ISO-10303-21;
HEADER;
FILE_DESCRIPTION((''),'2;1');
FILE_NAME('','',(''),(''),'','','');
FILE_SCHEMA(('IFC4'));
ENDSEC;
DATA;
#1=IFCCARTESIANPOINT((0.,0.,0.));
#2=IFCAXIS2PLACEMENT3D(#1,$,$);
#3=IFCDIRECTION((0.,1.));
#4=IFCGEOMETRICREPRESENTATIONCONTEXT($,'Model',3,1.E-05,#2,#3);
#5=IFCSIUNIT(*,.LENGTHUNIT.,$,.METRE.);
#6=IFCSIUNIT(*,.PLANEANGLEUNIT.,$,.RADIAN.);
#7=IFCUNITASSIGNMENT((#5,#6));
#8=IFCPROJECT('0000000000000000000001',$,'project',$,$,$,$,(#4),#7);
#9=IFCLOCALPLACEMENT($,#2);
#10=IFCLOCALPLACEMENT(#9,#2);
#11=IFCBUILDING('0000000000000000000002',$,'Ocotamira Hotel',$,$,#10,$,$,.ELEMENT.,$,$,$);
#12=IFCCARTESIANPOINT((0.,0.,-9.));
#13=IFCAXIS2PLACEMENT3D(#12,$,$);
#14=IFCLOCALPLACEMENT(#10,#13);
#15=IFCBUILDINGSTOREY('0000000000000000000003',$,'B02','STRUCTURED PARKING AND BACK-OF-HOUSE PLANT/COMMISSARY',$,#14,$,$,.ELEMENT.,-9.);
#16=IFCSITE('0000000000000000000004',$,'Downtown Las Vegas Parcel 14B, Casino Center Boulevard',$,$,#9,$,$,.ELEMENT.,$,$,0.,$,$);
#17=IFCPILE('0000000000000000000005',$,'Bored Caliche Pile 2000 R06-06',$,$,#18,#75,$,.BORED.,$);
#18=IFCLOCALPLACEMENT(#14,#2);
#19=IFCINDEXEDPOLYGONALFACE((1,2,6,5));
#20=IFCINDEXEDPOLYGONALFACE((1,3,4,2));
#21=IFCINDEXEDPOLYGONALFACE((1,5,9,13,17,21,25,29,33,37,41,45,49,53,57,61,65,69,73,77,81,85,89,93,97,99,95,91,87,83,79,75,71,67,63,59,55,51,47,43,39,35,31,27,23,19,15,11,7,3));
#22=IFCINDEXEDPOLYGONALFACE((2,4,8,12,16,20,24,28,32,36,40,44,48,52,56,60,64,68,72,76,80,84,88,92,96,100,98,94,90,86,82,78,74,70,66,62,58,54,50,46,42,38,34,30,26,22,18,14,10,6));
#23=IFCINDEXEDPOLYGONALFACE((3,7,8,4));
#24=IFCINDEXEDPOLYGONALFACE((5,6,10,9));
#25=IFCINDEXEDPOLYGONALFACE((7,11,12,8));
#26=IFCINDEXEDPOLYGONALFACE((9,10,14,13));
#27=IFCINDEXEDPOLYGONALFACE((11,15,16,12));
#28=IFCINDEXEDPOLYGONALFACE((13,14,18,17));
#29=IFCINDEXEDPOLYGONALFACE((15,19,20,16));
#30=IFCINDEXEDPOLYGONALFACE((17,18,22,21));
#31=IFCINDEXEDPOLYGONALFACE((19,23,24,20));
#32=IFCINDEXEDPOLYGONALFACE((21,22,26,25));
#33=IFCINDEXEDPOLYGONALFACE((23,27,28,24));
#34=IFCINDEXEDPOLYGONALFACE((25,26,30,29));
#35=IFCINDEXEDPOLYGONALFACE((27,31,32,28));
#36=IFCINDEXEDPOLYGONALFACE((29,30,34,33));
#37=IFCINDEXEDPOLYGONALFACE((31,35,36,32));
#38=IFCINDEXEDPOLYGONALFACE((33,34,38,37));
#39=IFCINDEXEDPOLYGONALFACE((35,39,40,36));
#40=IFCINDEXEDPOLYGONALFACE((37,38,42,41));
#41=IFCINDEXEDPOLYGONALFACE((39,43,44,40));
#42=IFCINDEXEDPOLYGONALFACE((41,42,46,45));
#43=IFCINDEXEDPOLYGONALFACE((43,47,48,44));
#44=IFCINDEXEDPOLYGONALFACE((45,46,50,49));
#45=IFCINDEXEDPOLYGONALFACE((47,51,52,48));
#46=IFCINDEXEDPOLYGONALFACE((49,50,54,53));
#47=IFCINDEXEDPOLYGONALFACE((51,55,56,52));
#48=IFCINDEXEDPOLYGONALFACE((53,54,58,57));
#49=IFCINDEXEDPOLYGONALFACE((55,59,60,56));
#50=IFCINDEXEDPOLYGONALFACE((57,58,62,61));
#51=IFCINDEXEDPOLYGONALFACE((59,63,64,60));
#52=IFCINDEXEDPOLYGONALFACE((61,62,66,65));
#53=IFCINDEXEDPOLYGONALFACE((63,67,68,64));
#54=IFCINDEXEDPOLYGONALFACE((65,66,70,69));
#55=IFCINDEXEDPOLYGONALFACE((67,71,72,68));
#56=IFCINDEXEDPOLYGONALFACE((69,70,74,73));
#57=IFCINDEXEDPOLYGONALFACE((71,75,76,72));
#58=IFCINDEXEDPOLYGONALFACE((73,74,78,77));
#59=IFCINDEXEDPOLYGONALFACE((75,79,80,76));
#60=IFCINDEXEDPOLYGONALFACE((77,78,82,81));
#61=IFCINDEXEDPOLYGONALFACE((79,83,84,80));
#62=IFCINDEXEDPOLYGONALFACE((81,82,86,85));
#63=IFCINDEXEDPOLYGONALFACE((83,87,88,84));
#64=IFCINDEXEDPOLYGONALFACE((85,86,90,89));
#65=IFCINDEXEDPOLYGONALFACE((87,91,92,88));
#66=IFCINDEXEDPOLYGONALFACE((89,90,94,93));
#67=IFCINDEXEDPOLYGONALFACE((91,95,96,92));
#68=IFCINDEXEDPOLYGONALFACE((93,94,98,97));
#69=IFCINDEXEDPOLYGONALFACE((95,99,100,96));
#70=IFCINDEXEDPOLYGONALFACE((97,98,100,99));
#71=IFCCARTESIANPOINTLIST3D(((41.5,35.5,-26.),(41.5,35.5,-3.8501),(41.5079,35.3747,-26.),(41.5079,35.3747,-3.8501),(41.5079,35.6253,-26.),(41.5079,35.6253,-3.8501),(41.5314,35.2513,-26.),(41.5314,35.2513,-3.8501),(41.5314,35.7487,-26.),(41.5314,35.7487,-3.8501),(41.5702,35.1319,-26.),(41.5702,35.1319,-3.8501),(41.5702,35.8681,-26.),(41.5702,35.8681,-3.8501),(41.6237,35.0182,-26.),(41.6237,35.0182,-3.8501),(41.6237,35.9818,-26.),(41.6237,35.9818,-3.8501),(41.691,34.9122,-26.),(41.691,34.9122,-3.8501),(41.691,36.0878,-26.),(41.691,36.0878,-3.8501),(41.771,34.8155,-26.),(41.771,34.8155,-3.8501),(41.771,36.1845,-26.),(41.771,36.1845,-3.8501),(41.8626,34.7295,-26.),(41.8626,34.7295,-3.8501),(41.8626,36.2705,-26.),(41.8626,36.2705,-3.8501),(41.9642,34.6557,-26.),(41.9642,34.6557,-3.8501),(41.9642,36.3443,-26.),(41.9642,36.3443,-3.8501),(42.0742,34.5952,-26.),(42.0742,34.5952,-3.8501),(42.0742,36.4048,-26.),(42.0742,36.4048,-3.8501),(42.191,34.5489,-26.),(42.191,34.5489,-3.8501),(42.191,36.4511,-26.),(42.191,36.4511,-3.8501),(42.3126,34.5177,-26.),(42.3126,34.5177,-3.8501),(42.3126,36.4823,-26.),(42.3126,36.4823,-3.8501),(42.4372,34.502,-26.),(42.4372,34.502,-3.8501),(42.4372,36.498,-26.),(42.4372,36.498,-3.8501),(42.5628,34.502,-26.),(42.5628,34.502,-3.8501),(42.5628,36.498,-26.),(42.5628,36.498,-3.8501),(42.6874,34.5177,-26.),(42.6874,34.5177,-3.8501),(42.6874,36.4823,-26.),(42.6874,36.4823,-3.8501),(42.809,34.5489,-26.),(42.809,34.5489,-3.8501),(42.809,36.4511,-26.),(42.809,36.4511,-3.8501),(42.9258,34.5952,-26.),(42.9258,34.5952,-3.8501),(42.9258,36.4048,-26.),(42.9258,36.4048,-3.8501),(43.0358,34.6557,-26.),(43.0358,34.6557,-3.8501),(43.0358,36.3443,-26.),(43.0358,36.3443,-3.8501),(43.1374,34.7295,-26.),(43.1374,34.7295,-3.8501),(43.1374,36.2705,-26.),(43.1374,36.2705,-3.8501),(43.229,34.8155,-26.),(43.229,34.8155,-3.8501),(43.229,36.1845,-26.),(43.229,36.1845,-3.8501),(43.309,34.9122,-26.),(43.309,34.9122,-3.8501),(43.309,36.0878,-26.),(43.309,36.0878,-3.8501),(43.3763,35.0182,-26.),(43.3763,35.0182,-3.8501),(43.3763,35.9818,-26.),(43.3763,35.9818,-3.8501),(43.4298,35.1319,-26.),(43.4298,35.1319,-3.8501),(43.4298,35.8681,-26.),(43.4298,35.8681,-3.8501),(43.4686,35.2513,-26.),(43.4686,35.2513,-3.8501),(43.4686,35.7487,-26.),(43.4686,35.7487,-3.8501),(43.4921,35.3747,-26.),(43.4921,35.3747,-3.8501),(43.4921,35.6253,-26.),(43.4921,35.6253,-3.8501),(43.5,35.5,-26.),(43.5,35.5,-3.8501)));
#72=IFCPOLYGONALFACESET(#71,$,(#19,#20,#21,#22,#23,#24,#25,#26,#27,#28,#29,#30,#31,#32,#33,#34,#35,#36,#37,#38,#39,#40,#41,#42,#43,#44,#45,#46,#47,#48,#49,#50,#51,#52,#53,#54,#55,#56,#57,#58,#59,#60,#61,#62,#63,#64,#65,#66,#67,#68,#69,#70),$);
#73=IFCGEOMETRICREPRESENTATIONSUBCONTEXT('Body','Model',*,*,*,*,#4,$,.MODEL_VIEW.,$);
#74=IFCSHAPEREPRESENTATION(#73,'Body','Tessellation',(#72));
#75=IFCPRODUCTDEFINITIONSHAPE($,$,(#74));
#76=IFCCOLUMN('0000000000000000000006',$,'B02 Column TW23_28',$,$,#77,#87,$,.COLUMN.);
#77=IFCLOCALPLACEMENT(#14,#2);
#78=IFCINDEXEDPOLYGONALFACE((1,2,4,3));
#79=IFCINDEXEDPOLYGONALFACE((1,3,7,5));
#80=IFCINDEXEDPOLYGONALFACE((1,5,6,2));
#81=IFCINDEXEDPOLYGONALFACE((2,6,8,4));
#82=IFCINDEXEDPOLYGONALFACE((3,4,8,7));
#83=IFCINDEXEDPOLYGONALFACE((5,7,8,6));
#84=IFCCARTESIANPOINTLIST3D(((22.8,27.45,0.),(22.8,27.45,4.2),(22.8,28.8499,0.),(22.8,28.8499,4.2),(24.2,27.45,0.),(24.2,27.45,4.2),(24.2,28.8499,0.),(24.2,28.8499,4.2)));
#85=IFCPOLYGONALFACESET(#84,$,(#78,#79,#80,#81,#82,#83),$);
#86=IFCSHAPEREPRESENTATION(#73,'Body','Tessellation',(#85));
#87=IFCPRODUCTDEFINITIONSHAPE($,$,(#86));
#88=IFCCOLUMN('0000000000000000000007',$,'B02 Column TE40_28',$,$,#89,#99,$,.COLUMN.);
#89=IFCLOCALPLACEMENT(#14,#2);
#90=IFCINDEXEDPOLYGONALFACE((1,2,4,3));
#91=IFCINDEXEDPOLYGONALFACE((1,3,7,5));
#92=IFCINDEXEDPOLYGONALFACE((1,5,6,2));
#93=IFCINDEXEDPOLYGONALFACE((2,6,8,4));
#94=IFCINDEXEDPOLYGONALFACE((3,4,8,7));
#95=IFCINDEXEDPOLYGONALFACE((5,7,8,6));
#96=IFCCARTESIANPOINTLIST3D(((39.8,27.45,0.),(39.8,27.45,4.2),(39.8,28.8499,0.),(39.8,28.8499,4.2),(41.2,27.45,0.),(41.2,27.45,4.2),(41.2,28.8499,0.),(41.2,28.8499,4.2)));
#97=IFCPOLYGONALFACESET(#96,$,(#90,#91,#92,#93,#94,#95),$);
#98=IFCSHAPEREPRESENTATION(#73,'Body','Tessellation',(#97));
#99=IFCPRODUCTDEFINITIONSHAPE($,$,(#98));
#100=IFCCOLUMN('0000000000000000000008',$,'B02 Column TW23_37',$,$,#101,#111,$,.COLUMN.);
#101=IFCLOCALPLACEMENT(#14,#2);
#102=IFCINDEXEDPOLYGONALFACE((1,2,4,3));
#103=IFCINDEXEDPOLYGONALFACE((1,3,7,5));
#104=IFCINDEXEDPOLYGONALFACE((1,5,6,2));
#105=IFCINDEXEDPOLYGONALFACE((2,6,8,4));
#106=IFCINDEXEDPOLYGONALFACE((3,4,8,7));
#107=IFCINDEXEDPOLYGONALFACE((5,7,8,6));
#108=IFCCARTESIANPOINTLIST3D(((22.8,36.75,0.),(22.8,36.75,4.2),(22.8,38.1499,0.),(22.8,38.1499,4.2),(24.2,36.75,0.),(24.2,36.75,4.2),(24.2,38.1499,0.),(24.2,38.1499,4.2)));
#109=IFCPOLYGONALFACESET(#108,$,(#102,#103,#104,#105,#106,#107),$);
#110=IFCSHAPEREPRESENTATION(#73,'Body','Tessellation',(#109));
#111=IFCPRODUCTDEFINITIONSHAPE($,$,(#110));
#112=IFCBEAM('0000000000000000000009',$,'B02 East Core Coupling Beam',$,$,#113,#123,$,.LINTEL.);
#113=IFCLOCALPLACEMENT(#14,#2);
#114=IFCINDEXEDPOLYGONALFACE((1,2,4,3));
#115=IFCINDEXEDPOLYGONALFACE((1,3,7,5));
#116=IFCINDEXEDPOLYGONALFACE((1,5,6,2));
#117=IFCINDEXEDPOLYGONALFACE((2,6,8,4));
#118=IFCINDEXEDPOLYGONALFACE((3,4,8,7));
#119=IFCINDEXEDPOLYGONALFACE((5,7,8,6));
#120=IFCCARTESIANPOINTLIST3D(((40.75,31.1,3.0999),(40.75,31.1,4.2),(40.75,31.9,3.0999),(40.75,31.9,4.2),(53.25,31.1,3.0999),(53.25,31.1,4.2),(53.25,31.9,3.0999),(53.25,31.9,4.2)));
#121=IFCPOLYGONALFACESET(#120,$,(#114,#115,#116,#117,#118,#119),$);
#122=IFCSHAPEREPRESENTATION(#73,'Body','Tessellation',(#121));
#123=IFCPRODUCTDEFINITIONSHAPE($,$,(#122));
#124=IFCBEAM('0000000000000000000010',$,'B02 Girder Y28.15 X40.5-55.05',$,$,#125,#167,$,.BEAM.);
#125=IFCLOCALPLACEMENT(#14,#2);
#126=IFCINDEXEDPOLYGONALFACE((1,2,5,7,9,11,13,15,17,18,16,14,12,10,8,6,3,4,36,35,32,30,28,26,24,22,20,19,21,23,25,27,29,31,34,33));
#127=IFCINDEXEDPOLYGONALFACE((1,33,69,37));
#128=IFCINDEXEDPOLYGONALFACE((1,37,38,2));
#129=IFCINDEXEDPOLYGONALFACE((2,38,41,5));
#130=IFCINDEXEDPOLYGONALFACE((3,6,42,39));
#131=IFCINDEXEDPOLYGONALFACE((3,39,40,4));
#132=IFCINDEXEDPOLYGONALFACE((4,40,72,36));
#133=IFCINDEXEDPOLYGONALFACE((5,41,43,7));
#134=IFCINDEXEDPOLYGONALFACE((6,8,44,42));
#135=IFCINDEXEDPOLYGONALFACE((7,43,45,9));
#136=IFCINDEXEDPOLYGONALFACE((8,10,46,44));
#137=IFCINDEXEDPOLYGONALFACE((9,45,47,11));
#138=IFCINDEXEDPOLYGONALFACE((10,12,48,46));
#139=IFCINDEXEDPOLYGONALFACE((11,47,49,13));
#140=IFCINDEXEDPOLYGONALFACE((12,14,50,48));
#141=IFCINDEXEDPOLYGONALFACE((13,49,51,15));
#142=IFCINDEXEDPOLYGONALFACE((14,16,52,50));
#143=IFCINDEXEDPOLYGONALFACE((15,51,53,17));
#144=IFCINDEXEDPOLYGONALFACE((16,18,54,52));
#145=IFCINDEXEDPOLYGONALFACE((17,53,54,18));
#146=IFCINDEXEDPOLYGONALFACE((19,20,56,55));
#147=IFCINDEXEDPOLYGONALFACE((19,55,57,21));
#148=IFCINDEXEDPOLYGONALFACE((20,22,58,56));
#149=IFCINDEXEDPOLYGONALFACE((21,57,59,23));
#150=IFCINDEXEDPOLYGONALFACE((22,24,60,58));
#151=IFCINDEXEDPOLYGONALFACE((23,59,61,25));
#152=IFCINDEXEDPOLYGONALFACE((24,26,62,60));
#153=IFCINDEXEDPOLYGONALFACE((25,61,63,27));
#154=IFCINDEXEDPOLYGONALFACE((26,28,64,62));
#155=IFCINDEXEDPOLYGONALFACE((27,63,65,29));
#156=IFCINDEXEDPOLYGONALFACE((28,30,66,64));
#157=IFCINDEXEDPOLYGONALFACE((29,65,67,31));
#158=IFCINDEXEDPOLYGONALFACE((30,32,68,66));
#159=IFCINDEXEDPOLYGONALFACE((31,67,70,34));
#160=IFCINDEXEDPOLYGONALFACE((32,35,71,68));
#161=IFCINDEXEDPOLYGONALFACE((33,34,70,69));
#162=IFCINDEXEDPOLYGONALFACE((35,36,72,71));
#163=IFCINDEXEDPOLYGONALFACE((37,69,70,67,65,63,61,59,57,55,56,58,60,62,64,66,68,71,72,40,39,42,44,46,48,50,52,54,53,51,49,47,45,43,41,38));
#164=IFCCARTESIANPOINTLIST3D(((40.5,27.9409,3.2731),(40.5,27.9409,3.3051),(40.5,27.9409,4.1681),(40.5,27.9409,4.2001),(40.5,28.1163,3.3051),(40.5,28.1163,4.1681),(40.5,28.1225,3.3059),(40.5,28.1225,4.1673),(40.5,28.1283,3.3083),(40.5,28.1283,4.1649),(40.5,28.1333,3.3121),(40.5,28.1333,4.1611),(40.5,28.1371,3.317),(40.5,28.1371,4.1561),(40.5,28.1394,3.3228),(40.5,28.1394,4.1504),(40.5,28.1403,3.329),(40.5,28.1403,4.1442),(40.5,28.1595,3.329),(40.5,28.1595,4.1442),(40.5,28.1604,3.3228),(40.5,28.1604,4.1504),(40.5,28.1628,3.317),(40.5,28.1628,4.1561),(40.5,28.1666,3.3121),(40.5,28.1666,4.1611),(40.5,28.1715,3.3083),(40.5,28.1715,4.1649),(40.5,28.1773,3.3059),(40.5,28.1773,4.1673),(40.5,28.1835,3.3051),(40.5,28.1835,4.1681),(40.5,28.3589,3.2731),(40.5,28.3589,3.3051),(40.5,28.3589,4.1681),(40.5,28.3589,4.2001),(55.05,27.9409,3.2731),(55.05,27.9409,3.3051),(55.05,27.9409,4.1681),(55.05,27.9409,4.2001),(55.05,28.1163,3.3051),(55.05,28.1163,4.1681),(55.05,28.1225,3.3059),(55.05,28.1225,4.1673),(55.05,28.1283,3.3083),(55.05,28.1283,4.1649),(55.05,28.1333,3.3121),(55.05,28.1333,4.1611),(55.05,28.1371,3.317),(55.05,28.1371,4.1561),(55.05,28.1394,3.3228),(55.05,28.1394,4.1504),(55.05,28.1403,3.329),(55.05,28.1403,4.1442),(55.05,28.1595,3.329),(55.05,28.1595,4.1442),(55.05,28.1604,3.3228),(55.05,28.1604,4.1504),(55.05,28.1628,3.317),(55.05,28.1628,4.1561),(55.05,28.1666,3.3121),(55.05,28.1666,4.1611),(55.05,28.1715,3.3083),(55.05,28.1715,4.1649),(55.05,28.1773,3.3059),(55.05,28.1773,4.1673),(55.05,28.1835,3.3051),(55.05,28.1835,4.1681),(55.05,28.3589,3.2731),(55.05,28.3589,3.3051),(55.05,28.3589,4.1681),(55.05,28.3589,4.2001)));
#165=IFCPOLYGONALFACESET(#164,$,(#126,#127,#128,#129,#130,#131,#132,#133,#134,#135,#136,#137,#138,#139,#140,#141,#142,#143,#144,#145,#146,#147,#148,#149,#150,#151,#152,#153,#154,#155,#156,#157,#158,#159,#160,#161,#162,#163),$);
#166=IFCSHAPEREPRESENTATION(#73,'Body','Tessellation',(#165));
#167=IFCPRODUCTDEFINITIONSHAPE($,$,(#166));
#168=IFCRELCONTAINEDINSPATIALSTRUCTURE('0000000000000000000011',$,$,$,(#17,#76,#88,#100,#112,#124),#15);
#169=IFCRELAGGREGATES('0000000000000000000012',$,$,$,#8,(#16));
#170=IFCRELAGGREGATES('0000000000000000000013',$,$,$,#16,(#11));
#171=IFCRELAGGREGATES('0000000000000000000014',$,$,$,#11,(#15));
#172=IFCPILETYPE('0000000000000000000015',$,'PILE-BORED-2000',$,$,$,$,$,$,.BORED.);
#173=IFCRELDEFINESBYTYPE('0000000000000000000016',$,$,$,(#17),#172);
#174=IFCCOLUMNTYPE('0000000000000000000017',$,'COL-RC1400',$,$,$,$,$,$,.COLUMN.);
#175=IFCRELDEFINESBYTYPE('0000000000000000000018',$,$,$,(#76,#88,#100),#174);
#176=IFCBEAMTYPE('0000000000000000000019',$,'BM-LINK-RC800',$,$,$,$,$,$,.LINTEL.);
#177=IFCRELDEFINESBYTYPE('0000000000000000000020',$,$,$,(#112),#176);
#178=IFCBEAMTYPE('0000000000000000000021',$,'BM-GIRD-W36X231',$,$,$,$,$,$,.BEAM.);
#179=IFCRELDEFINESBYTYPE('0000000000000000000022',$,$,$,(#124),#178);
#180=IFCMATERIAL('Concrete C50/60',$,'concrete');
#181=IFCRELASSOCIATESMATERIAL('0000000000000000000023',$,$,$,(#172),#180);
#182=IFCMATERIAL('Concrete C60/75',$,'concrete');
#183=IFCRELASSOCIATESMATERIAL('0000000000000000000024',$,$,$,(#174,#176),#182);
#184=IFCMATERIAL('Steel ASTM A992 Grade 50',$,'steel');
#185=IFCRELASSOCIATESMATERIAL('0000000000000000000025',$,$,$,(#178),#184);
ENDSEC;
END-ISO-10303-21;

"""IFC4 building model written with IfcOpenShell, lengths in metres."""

from ifc_helpers import new_model, si_unit, direction, frame, origin, origin_2d, place, context, subcontext, project, spatial, rectangle, circle, i_section, extrude, source, transform, mapped, material, material_profile, profile_set, type_object, element, save


model = new_model("IFC4")

# Units and contexts
model_context = context("Model", 3, precision=1e-05, world=origin(), true_north=direction((0.0, 1.0)))
body_context = subcontext(model_context, "Body", "Model", "MODEL_VIEW")
ifc_project = project(units=[si_unit("LENGTHUNIT", "METRE"), si_unit("PLANEANGLEUNIT", "RADIAN")], contexts=[model_context])

# Site, building, storey
site_placement = place(None, origin())
site = spatial("IfcSite", under=ifc_project, at=site_placement, Name="Downtown Las Vegas Parcel 14B, Casino Center Boulevard", CompositionType="ELEMENT", RefElevation=0.0)
building_placement = place(site_placement, origin())
building = spatial("IfcBuilding", under=site, at=building_placement, Name="Ocotamira Hotel", CompositionType="ELEMENT")
storey_placement = place(building_placement, frame((0.0, 0.0, -9.0)))
storey = spatial("IfcBuildingStorey", under=building, at=storey_placement, Name="B02", Description="STRUCTURED PARKING AND BACK-OF-HOUSE PLANT/COMMISSARY", CompositionType="ELEMENT", Elevation=-9.0)

# Pile
ifc_material_1 = material(Name="Concrete C50/60", Category="concrete")
ifc_material_profile_1 = material_profile(ifc_material_1, circle(Radius=1.0, at=origin_2d()), Name="PILE2000")
ifc_profile_set_1 = profile_set([ifc_material_profile_1], Name="Concrete C50/60")
pile_type_1 = type_object("IfcPileType", Name="PILE-BORED-2000", PredefinedType="BORED", material=ifc_profile_set_1)
shared_shape_1 = source(origin(), body_context, "Body", "SweptSolid", [
    extrude(circle(Radius=1.0, at=origin_2d()), origin(), (0.0, 0.0, 1.0), 22.1499),
])
for number, where, z_axis, x_axis, name in (
    (1, (42.5, 35.5, -3.8501), (0.0, 0.0, -1.0), (1.0, 0.0, 0.0), "Bored Caliche Pile 2000 R06-06"),
):
    element("IfcPile", number, at=place(storey_placement, frame(where, z_axis=z_axis, x_axis=x_axis)), inside=storey, type_object=pile_type_1, Name=name, PredefinedType="BORED", context=body_context, shape_type="MappedRepresentation", body=[
        mapped(shared_shape_1, transform((0.0, 0.0, 0.0), scale=1.0)),
    ])

# Columns
ifc_material_2 = material(Name="Concrete C60/75", Category="concrete")
ifc_material_profile_2 = material_profile(ifc_material_2, rectangle(XDim=1.3999, YDim=1.3999, at=origin_2d()), Name="RC1400X1400")
ifc_profile_set_2 = profile_set([ifc_material_profile_2], Name="Concrete C60/75")
column_type = type_object("IfcColumnType", Name="COL-RC1400", PredefinedType="COLUMN", material=ifc_profile_set_2)
shared_shape_2 = source(origin(), body_context, "Body", "SweptSolid", [
    extrude(rectangle(XDim=1.3999, YDim=1.3999, at=origin_2d()), origin(), (0.0, 0.0, 1.0), 4.2),
])
for number, where, z_axis, x_axis, name in (
    (2, (23.5, 28.1499, 0.0), (0.0, 0.0, 1.0), (1.0, 0.0, 0.0), "B02 Column TW23_28"),
    (3, (40.5, 28.1499, 0.0), (0.0, 0.0, 1.0), (1.0, 0.0, 0.0), "B02 Column TE40_28"),
    (4, (23.5, 37.45, 0.0), (0.0, 0.0, 1.0), (1.0, 0.0, 0.0), "B02 Column TW23_37"),
):
    element("IfcColumn", number, at=place(storey_placement, frame(where, z_axis=z_axis, x_axis=x_axis)), inside=storey, type_object=column_type, Name=name, PredefinedType="COLUMN", context=body_context, shape_type="MappedRepresentation", body=[
        mapped(shared_shape_2, transform((0.0, 0.0, 0.0), scale=1.0)),
    ])

# Beams
ifc_material_profile_3 = material_profile(ifc_material_2, rectangle(XDim=0.8, YDim=1.1001, at=origin_2d()), Name="RC800X1100")
ifc_profile_set_3 = profile_set([ifc_material_profile_3], Name="Concrete C60/75")
beam_type_1 = type_object("IfcBeamType", Name="BM-LINK-RC800", PredefinedType="LINTEL", material=ifc_profile_set_3)
shared_shape_3 = source(origin(), body_context, "Body", "SweptSolid", [
    extrude(rectangle(XDim=0.8, YDim=1.1001, at=origin_2d()), origin(), (0.0, 0.0, 1.0), 12.5),
])
beam_1_placement = place(storey_placement, frame((40.75, 31.5, 3.6499), z_axis=(1.0, 0.0, 0.0), x_axis=(0.0, 1.0, 0.0)))
element("IfcBeam", 5, at=beam_1_placement, inside=storey, type_object=beam_type_1, Name="B02 East Core Coupling Beam", PredefinedType="LINTEL", context=body_context, shape_type="MappedRepresentation", body=[
    mapped(shared_shape_3, transform((0.0, 0.0, 0.0), scale=1.0)),
])
ifc_material_3 = material(Name="Steel ASTM A992 Grade 50", Category="steel")
ifc_material_profile_4 = material_profile(ifc_material_3, i_section(OverallWidth=0.418, OverallDepth=0.927, WebThickness=0.0193, FlangeThickness=0.032, FilletRadius=0.0239, at=origin_2d()), Name="W36X231")
ifc_profile_set_4 = profile_set([ifc_material_profile_4], Name="Steel ASTM A992 Grade 50")
beam_type_2 = type_object("IfcBeamType", Name="BM-GIRD-W36X231", PredefinedType="BEAM", material=ifc_profile_set_4)
shared_shape_4 = source(origin(), body_context, "Body", "SweptSolid", [
    extrude(i_section(OverallWidth=0.418, OverallDepth=0.927, WebThickness=0.0193, FlangeThickness=0.032, FilletRadius=0.0239, at=origin_2d()), origin(), (0.0, 0.0, 1.0), 14.55),
])
beam_2_placement = place(storey_placement, frame((40.5, 28.1499, 3.7366), z_axis=(1.0, 0.0, 0.0), x_axis=(0.0, 1.0, 0.0)))
element("IfcBeam", 6, at=beam_2_placement, inside=storey, type_object=beam_type_2, Name="B02 Girder Y28.15 X40.5-55.05", PredefinedType="BEAM", context=body_context, shape_type="MappedRepresentation", body=[
    mapped(shared_shape_4, transform((0.0, 0.0, 0.0), scale=1.0)),
])

save(model, "model.ifc")
